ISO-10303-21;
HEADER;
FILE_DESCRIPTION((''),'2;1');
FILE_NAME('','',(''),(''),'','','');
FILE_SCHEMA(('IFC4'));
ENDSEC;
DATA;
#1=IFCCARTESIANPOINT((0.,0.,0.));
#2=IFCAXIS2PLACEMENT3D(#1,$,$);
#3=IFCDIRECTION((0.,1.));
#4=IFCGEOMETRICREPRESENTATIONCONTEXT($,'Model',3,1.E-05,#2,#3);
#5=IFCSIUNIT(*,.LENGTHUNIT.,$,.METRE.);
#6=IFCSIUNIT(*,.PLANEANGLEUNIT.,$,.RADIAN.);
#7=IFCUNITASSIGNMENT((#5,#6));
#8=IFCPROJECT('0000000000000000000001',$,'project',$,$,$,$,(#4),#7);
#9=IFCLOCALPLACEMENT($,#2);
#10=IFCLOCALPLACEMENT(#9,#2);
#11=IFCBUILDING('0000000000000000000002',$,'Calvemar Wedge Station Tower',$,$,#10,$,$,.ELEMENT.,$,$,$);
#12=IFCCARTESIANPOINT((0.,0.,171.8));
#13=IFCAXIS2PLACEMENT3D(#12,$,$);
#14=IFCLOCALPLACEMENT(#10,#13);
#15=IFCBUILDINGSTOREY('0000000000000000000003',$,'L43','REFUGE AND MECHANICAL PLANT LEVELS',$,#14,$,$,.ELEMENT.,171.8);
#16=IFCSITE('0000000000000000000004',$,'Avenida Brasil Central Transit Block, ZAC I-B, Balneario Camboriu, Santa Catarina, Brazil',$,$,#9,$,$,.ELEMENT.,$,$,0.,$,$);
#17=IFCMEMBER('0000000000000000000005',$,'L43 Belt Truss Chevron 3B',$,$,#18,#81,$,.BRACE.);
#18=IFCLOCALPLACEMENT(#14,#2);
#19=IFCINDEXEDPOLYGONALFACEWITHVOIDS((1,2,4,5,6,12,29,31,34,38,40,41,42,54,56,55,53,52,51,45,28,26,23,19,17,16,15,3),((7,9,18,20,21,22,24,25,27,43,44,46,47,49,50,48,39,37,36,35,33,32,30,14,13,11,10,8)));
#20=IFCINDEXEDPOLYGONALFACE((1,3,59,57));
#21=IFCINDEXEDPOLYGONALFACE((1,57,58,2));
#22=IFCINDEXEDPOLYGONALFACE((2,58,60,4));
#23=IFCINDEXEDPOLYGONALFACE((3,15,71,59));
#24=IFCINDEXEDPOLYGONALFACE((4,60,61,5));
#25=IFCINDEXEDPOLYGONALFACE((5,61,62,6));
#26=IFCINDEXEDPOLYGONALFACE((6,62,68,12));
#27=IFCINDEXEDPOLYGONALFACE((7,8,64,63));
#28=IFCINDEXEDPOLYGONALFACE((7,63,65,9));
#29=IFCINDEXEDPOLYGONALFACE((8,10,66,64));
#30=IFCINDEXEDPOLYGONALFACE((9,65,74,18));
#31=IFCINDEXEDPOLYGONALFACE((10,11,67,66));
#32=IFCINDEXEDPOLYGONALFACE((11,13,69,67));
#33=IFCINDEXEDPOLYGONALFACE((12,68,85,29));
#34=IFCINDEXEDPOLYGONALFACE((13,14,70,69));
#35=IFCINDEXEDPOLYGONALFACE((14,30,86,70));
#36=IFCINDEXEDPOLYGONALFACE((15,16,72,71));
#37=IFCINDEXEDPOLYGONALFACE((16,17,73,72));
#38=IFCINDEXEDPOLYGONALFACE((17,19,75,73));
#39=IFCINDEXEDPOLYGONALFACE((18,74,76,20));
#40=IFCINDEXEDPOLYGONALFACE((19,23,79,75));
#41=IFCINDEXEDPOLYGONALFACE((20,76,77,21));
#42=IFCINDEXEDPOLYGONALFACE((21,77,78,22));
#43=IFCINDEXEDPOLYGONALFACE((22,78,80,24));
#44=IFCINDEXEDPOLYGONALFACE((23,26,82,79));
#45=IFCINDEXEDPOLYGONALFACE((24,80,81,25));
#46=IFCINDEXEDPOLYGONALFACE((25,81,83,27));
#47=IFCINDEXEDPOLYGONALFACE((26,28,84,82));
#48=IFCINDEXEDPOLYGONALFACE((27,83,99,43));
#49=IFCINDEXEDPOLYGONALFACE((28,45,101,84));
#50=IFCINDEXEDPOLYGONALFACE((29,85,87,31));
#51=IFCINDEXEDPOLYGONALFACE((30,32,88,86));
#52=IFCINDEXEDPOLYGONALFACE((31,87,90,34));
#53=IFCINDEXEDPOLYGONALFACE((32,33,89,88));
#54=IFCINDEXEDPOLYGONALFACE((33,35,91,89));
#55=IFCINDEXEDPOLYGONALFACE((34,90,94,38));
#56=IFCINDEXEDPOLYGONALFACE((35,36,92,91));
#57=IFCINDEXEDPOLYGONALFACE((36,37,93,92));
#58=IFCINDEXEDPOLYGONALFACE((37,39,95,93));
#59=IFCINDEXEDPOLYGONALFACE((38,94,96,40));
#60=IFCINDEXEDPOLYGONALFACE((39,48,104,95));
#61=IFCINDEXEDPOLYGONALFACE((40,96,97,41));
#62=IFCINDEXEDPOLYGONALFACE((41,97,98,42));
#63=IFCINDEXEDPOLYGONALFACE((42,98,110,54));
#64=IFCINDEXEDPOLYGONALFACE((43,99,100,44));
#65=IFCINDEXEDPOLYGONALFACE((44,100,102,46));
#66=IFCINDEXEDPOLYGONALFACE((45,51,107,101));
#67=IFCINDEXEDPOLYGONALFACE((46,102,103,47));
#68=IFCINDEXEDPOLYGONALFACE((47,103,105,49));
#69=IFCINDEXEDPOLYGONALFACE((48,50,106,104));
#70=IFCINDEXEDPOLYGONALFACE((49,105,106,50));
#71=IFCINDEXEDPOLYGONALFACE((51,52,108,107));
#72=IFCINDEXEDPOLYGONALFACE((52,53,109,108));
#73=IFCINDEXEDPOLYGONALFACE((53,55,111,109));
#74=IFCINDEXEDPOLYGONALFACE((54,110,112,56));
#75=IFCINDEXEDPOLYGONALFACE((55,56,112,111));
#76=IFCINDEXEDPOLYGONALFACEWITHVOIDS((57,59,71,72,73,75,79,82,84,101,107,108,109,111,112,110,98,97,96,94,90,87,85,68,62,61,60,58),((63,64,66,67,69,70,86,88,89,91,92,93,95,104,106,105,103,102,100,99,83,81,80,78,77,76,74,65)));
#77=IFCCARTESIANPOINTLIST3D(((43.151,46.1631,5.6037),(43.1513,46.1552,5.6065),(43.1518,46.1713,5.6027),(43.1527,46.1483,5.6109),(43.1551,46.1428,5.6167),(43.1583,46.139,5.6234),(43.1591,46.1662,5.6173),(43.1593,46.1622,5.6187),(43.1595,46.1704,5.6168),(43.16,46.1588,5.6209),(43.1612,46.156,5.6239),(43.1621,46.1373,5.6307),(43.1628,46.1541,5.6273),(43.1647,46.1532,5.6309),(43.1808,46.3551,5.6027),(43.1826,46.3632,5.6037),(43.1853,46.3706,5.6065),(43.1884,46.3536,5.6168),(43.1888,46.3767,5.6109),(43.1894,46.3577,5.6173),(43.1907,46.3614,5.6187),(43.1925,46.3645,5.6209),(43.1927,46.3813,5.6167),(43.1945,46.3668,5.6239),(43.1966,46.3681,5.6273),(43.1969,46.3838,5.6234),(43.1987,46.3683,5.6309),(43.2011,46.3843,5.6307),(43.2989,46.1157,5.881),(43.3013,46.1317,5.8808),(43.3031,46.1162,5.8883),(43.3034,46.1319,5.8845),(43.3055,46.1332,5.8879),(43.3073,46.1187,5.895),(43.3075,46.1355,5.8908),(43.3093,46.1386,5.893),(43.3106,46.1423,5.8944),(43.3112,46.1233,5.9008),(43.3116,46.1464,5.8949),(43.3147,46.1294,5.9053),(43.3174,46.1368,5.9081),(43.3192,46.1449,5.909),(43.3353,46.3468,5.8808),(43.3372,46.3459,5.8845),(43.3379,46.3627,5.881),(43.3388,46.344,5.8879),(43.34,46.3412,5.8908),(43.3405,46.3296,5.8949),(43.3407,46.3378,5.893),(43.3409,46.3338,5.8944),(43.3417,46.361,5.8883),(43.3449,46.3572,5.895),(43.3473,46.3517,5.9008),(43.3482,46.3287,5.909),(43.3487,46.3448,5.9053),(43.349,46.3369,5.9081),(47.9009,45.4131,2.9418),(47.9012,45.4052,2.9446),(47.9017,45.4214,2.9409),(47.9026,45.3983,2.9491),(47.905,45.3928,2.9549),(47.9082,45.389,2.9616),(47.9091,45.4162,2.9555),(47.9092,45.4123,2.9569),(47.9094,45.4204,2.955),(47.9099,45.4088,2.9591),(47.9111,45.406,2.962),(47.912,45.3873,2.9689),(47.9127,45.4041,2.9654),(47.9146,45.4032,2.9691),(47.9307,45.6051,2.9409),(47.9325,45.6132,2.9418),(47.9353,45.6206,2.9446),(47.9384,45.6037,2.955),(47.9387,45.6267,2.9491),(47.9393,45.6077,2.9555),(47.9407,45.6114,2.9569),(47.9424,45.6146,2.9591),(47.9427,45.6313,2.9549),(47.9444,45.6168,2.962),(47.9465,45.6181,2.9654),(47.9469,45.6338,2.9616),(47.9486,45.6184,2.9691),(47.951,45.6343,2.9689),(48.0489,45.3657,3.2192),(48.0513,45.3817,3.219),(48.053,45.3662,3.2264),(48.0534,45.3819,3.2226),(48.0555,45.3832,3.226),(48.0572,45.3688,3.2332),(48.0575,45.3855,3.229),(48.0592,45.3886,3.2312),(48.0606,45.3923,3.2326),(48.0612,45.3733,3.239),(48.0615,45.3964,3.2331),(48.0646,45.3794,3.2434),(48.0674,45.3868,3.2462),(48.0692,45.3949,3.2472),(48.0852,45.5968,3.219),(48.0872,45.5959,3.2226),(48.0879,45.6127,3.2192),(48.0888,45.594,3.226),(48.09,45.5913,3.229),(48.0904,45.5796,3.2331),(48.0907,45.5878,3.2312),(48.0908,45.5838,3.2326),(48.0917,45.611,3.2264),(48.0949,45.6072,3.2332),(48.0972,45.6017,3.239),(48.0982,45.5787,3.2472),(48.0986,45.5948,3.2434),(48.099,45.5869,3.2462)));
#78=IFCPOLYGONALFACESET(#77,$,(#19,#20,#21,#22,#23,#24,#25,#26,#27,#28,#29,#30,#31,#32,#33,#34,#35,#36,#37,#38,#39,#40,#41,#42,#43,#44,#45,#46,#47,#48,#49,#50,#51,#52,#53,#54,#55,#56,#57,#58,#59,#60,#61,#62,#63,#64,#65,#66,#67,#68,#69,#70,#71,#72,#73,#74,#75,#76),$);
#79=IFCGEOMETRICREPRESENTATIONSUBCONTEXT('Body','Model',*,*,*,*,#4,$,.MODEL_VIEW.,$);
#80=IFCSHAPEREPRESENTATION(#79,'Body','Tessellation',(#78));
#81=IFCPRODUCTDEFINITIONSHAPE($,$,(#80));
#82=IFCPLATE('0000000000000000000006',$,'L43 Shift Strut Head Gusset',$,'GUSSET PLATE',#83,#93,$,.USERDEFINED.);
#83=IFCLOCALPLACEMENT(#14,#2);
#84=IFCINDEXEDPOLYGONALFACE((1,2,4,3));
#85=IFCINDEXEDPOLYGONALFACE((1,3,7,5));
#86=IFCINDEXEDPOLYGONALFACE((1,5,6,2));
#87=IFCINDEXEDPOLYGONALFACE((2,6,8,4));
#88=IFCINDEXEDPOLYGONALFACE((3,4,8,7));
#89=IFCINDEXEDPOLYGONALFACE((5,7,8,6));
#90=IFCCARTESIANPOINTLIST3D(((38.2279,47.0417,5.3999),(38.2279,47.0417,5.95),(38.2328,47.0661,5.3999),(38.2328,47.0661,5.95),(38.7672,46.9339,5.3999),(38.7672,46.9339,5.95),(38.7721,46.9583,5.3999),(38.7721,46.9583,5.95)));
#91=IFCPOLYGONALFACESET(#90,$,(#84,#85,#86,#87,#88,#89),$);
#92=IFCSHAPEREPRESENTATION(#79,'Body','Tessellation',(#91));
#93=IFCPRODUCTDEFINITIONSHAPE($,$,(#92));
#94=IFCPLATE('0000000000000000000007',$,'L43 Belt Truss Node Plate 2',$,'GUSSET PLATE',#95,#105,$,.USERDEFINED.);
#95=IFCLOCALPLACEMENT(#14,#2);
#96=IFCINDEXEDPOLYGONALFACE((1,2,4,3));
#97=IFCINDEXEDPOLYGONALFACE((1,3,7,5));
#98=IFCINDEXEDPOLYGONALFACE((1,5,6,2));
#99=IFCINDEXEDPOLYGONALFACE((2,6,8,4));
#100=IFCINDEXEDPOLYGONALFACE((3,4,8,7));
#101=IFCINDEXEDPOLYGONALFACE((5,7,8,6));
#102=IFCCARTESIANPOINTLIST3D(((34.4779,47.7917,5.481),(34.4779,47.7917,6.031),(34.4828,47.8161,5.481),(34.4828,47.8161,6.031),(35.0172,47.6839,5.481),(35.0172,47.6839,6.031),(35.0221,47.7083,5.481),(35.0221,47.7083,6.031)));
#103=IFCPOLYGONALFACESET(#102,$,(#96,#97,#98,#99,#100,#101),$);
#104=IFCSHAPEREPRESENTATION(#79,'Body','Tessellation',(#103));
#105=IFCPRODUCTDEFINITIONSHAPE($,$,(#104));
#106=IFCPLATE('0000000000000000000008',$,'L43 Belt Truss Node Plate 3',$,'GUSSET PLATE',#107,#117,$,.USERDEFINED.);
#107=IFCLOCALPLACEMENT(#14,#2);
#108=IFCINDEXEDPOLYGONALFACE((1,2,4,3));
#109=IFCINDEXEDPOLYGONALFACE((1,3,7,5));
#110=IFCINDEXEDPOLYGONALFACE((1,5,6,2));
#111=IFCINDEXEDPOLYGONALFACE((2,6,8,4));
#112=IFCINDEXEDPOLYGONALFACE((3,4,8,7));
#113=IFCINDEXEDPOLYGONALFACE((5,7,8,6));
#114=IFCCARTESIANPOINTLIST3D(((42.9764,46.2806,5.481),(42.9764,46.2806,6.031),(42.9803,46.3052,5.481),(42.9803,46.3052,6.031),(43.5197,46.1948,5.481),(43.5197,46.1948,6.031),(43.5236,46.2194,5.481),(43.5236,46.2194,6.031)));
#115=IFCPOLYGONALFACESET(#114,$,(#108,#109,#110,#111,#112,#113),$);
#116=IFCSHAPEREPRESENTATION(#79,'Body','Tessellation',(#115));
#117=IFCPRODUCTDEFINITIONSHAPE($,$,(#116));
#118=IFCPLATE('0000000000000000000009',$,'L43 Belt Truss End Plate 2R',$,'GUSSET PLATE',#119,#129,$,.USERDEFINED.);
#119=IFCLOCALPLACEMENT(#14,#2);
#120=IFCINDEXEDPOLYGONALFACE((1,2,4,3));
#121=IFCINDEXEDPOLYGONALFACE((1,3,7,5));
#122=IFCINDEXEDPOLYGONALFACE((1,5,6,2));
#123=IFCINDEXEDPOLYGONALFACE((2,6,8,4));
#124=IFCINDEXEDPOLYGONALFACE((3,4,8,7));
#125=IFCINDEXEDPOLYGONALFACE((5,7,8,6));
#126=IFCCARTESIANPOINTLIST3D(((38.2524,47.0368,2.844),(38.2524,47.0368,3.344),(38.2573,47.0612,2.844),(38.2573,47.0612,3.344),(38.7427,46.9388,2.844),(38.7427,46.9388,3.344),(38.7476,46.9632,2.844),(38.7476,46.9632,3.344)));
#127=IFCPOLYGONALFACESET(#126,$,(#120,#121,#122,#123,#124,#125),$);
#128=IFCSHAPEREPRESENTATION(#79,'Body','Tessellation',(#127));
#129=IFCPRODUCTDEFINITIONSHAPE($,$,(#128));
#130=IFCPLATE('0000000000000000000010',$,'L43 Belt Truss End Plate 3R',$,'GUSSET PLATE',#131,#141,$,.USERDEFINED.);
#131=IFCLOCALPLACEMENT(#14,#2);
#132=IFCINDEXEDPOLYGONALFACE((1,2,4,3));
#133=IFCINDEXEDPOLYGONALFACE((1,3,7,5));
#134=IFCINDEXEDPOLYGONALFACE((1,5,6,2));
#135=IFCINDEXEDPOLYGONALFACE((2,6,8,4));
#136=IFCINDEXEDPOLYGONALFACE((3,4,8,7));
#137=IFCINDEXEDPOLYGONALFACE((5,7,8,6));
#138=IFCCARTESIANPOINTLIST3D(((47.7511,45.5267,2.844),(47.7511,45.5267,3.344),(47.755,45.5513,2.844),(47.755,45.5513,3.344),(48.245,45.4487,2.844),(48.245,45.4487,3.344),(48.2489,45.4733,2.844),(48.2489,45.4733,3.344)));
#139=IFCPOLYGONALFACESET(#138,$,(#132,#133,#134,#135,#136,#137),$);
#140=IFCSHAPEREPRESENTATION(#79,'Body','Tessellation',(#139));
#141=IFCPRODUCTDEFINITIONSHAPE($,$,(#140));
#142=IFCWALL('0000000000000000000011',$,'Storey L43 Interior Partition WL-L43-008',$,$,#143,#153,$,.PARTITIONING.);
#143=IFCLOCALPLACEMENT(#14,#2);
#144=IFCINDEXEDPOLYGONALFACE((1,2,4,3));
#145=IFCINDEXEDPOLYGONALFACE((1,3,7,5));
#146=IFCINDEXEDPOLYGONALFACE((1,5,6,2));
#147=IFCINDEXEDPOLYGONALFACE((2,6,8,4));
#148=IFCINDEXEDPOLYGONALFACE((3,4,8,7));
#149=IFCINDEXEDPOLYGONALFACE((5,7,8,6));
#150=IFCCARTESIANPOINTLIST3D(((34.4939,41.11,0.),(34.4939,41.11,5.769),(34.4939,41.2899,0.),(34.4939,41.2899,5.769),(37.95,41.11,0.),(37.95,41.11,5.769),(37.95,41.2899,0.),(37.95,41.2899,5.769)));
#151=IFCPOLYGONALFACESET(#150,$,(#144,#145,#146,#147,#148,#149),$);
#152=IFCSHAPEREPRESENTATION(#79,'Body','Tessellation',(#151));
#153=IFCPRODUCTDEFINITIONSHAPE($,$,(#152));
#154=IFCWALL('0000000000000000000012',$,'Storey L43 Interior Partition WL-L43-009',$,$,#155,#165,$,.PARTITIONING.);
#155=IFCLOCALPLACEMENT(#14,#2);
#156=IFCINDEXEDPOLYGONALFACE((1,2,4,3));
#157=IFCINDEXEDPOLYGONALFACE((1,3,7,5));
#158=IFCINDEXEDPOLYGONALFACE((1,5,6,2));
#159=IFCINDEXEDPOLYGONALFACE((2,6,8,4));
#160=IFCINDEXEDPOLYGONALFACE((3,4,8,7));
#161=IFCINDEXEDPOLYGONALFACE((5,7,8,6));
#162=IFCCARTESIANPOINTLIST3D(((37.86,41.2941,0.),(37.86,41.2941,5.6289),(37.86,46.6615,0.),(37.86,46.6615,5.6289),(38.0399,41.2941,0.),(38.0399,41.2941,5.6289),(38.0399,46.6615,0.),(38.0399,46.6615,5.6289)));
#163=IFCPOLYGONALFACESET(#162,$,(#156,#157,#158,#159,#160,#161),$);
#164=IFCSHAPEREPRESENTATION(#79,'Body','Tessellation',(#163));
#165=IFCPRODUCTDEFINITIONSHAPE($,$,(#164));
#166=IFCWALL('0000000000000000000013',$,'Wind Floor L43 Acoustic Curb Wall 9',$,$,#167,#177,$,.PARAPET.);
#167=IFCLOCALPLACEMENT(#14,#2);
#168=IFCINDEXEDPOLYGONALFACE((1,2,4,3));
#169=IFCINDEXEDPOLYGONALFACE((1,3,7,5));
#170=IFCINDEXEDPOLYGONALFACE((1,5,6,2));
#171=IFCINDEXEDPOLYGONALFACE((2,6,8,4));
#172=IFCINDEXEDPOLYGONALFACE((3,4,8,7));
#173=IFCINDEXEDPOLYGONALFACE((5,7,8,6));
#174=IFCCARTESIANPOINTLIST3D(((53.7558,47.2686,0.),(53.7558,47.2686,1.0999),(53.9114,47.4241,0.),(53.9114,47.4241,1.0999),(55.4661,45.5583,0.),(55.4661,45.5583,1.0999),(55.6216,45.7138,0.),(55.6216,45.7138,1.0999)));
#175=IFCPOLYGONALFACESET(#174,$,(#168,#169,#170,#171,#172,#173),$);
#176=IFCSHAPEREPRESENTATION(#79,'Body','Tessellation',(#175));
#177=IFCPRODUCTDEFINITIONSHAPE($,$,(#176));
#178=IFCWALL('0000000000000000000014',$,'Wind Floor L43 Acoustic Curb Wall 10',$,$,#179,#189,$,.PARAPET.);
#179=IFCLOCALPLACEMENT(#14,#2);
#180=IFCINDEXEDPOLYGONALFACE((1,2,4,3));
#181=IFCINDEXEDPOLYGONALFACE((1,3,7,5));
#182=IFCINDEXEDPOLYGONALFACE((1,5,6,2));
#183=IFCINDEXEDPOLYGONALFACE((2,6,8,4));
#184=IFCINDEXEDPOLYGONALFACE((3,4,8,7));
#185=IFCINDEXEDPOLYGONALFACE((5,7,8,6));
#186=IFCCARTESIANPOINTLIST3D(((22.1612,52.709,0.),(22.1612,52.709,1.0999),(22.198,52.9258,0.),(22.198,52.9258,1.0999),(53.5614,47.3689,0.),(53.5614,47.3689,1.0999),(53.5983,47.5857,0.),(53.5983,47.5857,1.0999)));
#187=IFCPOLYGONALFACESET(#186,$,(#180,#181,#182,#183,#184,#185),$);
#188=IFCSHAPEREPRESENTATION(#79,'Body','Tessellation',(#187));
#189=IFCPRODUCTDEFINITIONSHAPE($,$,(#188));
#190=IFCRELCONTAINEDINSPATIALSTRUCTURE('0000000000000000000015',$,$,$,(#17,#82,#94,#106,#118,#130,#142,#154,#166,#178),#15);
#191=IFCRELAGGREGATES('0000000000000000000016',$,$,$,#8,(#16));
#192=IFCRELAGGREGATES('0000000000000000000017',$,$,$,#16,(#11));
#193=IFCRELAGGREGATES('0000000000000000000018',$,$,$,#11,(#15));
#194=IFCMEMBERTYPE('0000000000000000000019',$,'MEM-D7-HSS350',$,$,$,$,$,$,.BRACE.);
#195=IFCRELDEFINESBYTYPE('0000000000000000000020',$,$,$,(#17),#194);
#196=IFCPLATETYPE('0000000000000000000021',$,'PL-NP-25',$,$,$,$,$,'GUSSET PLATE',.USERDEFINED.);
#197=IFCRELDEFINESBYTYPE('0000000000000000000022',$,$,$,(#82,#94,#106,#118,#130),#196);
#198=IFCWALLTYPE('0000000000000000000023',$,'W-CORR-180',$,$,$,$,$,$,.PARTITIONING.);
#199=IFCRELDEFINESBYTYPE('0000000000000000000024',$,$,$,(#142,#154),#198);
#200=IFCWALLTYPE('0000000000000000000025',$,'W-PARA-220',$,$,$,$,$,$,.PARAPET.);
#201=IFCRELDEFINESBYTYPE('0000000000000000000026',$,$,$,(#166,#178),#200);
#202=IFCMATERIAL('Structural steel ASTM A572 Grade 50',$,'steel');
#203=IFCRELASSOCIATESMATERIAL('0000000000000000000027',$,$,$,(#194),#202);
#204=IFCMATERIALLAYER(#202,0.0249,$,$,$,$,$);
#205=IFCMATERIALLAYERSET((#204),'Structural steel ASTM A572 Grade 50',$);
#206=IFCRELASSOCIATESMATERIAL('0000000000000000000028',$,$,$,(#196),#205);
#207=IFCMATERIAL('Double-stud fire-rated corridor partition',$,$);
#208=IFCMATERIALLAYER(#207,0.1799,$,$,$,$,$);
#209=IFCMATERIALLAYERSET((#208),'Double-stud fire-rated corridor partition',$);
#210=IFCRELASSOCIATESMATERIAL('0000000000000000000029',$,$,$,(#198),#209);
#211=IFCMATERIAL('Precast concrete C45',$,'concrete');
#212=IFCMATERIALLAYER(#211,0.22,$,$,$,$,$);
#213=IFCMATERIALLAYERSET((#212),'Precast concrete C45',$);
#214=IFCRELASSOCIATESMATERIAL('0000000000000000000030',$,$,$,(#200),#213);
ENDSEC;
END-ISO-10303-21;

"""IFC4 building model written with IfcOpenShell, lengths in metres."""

from ifc_helpers import new_model, si_unit, direction, frame, frame_2d, origin, origin_2d, place, context, subcontext, project, spatial, rectangle, hollow_rectangle, extrude, source, transform, mapped, material, layer, layer_set, material_profile, profile_set, type_object, element, save


model = new_model("IFC4")

# Units and contexts
model_context = context("Model", 3, precision=1e-05, world=origin(), true_north=direction((0.0, 1.0)))
body_context = subcontext(model_context, "Body", "Model", "MODEL_VIEW")
ifc_project = project(units=[si_unit("LENGTHUNIT", "METRE"), si_unit("PLANEANGLEUNIT", "RADIAN")], contexts=[model_context])

# Site, building, storey
site_placement = place(None, origin())
site = spatial("IfcSite", under=ifc_project, at=site_placement, Name="Avenida Brasil Central Transit Block, ZAC I-B, Balneario Camboriu, Santa Catarina, Brazil", CompositionType="ELEMENT", RefElevation=0.0)
building_placement = place(site_placement, origin())
building = spatial("IfcBuilding", under=site, at=building_placement, Name="Calvemar Wedge Station Tower", CompositionType="ELEMENT")
storey_placement = place(building_placement, frame((0.0, 0.0, 171.8)))
storey = spatial("IfcBuildingStorey", under=building, at=storey_placement, Name="L43", Description="REFUGE AND MECHANICAL PLANT LEVELS", CompositionType="ELEMENT", Elevation=171.8)

# Shared definitions
ifc_material_1 = material(Name="Structural steel ASTM A572 Grade 50", Category="steel")

# Member
ifc_material_profile_1 = material_profile(ifc_material_1, hollow_rectangle(XDim=0.25, YDim=0.3501, WallThickness=0.0161, InnerFilletRadius=0.0161, OuterFilletRadius=0.032, at=origin_2d()), Name="HSS350x250x16")
ifc_profile_set_1 = profile_set([ifc_material_profile_1], Name="Structural steel ASTM A572 Grade 50")
member_type = type_object("IfcMemberType", Name="MEM-D7-HSS350", PredefinedType="BRACE", material=ifc_profile_set_1)
shared_shape_1 = source(origin(), body_context, "Body", "SweptSolid", [
    extrude(hollow_rectangle(XDim=0.25, YDim=0.3501, WallThickness=0.0161, InnerFilletRadius=0.0161, OuterFilletRadius=0.032, at=origin_2d()), origin(), (0.0, 0.0, 1.0), 5.4963),
])
for number, where, z_axis, x_axis, name in (
    (1, (43.25, 46.25, 5.7559), (0.8642, -0.136453, -0.484292), (0.155963, 0.987763, 0.0), "L43 Belt Truss Chevron 3B"),
):
    element("IfcMember", number, at=place(storey_placement, frame(where, z_axis=z_axis, x_axis=x_axis)), inside=storey, type_object=member_type, Name=name, PredefinedType="BRACE", context=body_context, shape_type="MappedRepresentation", body=[
        mapped(shared_shape_1, transform((0.0, 0.0, 0.0), scale=1.0)),
    ])

# Plates
ifc_layer_1 = layer(ifc_material_1, 0.0249)
ifc_layer_set_1 = layer_set([ifc_layer_1], Name="Structural steel ASTM A572 Grade 50")
plate_type = type_object("IfcPlateType", Name="PL-NP-25", ElementType="GUSSET PLATE", PredefinedType="USERDEFINED", material=ifc_layer_set_1)
shared_shape_2 = source(origin(), body_context, "Body", "SweptSolid", [
    extrude(rectangle(XDim=0.55, YDim=0.0249, at=origin_2d()), origin(), (0.0, 0.0, 1.0), 0.55),
])
for number, where, z_axis, x_axis, name in (
    (2, (38.5, 47.0, 5.3999), (0.0, 0.0, 1.0), (0.98058, -0.196117, 0.0), "L43 Shift Strut Head Gusset"),
    (3, (34.75, 47.75, 5.481), (0.0, 0.0, 1.0), (0.98058, -0.196117, 0.0), "L43 Belt Truss Node Plate 2"),
    (4, (43.25, 46.25, 5.481), (0.0, 0.0, 1.0), (0.98777, -0.155917, 0.0), "L43 Belt Truss Node Plate 3"),
):
    element("IfcPlate", number, at=place(storey_placement, frame(where, z_axis=z_axis, x_axis=x_axis)), inside=storey, type_object=plate_type, Name=name, ObjectType="GUSSET PLATE", PredefinedType="USERDEFINED", context=body_context, shape_type="MappedRepresentation", body=[
        mapped(shared_shape_2, transform((0.0, 0.0, 0.0), scale=1.0)),
    ])
shared_shape_3 = source(origin(), body_context, "Body", "SweptSolid", [
    extrude(rectangle(XDim=0.5, YDim=0.0249, at=origin_2d()), origin(), (0.0, 0.0, 1.0), 0.5),
])
for number, where, z_axis, x_axis, name in (
    (5, (38.5, 47.0, 2.844), (0.0, 0.0, 1.0), (0.98058, -0.196117, 0.0), "L43 Belt Truss End Plate 2R"),
    (6, (48.0, 45.5, 2.844), (0.0, 0.0, 1.0), (0.98777, -0.155917, 0.0), "L43 Belt Truss End Plate 3R"),
):
    element("IfcPlate", number, at=place(storey_placement, frame(where, z_axis=z_axis, x_axis=x_axis)), inside=storey, type_object=plate_type, Name=name, ObjectType="GUSSET PLATE", PredefinedType="USERDEFINED", context=body_context, shape_type="MappedRepresentation", body=[
        mapped(shared_shape_3, transform((0.0, 0.0, 0.0), scale=1.0)),
    ])

# Walls
ifc_material_2 = material(Name="Double-stud fire-rated corridor partition")
ifc_layer_2 = layer(ifc_material_2, 0.1799)
ifc_layer_set_2 = layer_set([ifc_layer_2], Name="Double-stud fire-rated corridor partition")
wall_type_1 = type_object("IfcWallType", Name="W-CORR-180", PredefinedType="PARTITIONING", material=ifc_layer_set_2)
wall_1_placement = place(storey_placement, frame((37.95, 41.2, 0.0), z_axis=(0.0, 0.0, 1.0), x_axis=(-1.0, 0.0, 0.0)))
element("IfcWall", 7, at=wall_1_placement, inside=storey, type_object=wall_type_1, Name="Storey L43 Interior Partition WL-L43-008", PredefinedType="PARTITIONING", context=body_context, shape_type="SweptSolid", body=[
    extrude(rectangle(XDim=3.4561, YDim=0.1799, at=frame_2d((1.728, 0.0))), origin(), (0.0, 0.0, 1.0), 5.769),
])
wall_2_placement = place(storey_placement, frame((37.95, 46.6614, 0.0), z_axis=(0.0, 0.0, 1.0), x_axis=(0.0, -1.0, 0.0)))
element("IfcWall", 8, at=wall_2_placement, inside=storey, type_object=wall_type_1, Name="Storey L43 Interior Partition WL-L43-009", PredefinedType="PARTITIONING", context=body_context, shape_type="SweptSolid", body=[
    extrude(rectangle(XDim=5.3674, YDim=0.1799, at=frame_2d((2.6836, 0.0))), origin(), (0.0, 0.0, 1.0), 5.6289),
])
ifc_material_3 = material(Name="Precast concrete C45", Category="concrete")
ifc_layer_3 = layer(ifc_material_3, 0.22)
ifc_layer_set_3 = layer_set([ifc_layer_3], Name="Precast concrete C45")
wall_type_2 = type_object("IfcWallType", Name="W-PARA-220", PredefinedType="PARAPET", material=ifc_layer_set_3)
wall_3_placement = place(storey_placement, frame((55.5439, 45.636, 0.0), z_axis=(0.0, 0.0, 1.0), x_axis=(-0.707107, 0.707107, 0.0)))
element("IfcWall", 9, at=wall_3_placement, inside=storey, type_object=wall_type_2, Name="Wind Floor L43 Acoustic Curb Wall 9", PredefinedType="PARAPET", context=body_context, shape_type="SweptSolid", body=[
    extrude(rectangle(XDim=2.4187, YDim=0.22, at=frame_2d((1.2095, 0.0))), origin(), (0.0, 0.0, 1.0), 1.0999),
])
wall_4_placement = place(storey_placement, frame((53.5798, 47.4773, 0.0), z_axis=(0.0, 0.0, 1.0), x_axis=(-0.985845, 0.167658, 0.0)))
element("IfcWall", 10, at=wall_4_placement, inside=storey, type_object=wall_type_2, Name="Wind Floor L43 Acoustic Curb Wall 10", PredefinedType="PARAPET", context=body_context, shape_type="SweptSolid", body=[
    extrude(rectangle(XDim=31.8511, YDim=0.22, at=frame_2d((15.9255, 0.0))), origin(), (0.0, 0.0, 1.0), 1.0999),
])

save(model, "model.ifc")
